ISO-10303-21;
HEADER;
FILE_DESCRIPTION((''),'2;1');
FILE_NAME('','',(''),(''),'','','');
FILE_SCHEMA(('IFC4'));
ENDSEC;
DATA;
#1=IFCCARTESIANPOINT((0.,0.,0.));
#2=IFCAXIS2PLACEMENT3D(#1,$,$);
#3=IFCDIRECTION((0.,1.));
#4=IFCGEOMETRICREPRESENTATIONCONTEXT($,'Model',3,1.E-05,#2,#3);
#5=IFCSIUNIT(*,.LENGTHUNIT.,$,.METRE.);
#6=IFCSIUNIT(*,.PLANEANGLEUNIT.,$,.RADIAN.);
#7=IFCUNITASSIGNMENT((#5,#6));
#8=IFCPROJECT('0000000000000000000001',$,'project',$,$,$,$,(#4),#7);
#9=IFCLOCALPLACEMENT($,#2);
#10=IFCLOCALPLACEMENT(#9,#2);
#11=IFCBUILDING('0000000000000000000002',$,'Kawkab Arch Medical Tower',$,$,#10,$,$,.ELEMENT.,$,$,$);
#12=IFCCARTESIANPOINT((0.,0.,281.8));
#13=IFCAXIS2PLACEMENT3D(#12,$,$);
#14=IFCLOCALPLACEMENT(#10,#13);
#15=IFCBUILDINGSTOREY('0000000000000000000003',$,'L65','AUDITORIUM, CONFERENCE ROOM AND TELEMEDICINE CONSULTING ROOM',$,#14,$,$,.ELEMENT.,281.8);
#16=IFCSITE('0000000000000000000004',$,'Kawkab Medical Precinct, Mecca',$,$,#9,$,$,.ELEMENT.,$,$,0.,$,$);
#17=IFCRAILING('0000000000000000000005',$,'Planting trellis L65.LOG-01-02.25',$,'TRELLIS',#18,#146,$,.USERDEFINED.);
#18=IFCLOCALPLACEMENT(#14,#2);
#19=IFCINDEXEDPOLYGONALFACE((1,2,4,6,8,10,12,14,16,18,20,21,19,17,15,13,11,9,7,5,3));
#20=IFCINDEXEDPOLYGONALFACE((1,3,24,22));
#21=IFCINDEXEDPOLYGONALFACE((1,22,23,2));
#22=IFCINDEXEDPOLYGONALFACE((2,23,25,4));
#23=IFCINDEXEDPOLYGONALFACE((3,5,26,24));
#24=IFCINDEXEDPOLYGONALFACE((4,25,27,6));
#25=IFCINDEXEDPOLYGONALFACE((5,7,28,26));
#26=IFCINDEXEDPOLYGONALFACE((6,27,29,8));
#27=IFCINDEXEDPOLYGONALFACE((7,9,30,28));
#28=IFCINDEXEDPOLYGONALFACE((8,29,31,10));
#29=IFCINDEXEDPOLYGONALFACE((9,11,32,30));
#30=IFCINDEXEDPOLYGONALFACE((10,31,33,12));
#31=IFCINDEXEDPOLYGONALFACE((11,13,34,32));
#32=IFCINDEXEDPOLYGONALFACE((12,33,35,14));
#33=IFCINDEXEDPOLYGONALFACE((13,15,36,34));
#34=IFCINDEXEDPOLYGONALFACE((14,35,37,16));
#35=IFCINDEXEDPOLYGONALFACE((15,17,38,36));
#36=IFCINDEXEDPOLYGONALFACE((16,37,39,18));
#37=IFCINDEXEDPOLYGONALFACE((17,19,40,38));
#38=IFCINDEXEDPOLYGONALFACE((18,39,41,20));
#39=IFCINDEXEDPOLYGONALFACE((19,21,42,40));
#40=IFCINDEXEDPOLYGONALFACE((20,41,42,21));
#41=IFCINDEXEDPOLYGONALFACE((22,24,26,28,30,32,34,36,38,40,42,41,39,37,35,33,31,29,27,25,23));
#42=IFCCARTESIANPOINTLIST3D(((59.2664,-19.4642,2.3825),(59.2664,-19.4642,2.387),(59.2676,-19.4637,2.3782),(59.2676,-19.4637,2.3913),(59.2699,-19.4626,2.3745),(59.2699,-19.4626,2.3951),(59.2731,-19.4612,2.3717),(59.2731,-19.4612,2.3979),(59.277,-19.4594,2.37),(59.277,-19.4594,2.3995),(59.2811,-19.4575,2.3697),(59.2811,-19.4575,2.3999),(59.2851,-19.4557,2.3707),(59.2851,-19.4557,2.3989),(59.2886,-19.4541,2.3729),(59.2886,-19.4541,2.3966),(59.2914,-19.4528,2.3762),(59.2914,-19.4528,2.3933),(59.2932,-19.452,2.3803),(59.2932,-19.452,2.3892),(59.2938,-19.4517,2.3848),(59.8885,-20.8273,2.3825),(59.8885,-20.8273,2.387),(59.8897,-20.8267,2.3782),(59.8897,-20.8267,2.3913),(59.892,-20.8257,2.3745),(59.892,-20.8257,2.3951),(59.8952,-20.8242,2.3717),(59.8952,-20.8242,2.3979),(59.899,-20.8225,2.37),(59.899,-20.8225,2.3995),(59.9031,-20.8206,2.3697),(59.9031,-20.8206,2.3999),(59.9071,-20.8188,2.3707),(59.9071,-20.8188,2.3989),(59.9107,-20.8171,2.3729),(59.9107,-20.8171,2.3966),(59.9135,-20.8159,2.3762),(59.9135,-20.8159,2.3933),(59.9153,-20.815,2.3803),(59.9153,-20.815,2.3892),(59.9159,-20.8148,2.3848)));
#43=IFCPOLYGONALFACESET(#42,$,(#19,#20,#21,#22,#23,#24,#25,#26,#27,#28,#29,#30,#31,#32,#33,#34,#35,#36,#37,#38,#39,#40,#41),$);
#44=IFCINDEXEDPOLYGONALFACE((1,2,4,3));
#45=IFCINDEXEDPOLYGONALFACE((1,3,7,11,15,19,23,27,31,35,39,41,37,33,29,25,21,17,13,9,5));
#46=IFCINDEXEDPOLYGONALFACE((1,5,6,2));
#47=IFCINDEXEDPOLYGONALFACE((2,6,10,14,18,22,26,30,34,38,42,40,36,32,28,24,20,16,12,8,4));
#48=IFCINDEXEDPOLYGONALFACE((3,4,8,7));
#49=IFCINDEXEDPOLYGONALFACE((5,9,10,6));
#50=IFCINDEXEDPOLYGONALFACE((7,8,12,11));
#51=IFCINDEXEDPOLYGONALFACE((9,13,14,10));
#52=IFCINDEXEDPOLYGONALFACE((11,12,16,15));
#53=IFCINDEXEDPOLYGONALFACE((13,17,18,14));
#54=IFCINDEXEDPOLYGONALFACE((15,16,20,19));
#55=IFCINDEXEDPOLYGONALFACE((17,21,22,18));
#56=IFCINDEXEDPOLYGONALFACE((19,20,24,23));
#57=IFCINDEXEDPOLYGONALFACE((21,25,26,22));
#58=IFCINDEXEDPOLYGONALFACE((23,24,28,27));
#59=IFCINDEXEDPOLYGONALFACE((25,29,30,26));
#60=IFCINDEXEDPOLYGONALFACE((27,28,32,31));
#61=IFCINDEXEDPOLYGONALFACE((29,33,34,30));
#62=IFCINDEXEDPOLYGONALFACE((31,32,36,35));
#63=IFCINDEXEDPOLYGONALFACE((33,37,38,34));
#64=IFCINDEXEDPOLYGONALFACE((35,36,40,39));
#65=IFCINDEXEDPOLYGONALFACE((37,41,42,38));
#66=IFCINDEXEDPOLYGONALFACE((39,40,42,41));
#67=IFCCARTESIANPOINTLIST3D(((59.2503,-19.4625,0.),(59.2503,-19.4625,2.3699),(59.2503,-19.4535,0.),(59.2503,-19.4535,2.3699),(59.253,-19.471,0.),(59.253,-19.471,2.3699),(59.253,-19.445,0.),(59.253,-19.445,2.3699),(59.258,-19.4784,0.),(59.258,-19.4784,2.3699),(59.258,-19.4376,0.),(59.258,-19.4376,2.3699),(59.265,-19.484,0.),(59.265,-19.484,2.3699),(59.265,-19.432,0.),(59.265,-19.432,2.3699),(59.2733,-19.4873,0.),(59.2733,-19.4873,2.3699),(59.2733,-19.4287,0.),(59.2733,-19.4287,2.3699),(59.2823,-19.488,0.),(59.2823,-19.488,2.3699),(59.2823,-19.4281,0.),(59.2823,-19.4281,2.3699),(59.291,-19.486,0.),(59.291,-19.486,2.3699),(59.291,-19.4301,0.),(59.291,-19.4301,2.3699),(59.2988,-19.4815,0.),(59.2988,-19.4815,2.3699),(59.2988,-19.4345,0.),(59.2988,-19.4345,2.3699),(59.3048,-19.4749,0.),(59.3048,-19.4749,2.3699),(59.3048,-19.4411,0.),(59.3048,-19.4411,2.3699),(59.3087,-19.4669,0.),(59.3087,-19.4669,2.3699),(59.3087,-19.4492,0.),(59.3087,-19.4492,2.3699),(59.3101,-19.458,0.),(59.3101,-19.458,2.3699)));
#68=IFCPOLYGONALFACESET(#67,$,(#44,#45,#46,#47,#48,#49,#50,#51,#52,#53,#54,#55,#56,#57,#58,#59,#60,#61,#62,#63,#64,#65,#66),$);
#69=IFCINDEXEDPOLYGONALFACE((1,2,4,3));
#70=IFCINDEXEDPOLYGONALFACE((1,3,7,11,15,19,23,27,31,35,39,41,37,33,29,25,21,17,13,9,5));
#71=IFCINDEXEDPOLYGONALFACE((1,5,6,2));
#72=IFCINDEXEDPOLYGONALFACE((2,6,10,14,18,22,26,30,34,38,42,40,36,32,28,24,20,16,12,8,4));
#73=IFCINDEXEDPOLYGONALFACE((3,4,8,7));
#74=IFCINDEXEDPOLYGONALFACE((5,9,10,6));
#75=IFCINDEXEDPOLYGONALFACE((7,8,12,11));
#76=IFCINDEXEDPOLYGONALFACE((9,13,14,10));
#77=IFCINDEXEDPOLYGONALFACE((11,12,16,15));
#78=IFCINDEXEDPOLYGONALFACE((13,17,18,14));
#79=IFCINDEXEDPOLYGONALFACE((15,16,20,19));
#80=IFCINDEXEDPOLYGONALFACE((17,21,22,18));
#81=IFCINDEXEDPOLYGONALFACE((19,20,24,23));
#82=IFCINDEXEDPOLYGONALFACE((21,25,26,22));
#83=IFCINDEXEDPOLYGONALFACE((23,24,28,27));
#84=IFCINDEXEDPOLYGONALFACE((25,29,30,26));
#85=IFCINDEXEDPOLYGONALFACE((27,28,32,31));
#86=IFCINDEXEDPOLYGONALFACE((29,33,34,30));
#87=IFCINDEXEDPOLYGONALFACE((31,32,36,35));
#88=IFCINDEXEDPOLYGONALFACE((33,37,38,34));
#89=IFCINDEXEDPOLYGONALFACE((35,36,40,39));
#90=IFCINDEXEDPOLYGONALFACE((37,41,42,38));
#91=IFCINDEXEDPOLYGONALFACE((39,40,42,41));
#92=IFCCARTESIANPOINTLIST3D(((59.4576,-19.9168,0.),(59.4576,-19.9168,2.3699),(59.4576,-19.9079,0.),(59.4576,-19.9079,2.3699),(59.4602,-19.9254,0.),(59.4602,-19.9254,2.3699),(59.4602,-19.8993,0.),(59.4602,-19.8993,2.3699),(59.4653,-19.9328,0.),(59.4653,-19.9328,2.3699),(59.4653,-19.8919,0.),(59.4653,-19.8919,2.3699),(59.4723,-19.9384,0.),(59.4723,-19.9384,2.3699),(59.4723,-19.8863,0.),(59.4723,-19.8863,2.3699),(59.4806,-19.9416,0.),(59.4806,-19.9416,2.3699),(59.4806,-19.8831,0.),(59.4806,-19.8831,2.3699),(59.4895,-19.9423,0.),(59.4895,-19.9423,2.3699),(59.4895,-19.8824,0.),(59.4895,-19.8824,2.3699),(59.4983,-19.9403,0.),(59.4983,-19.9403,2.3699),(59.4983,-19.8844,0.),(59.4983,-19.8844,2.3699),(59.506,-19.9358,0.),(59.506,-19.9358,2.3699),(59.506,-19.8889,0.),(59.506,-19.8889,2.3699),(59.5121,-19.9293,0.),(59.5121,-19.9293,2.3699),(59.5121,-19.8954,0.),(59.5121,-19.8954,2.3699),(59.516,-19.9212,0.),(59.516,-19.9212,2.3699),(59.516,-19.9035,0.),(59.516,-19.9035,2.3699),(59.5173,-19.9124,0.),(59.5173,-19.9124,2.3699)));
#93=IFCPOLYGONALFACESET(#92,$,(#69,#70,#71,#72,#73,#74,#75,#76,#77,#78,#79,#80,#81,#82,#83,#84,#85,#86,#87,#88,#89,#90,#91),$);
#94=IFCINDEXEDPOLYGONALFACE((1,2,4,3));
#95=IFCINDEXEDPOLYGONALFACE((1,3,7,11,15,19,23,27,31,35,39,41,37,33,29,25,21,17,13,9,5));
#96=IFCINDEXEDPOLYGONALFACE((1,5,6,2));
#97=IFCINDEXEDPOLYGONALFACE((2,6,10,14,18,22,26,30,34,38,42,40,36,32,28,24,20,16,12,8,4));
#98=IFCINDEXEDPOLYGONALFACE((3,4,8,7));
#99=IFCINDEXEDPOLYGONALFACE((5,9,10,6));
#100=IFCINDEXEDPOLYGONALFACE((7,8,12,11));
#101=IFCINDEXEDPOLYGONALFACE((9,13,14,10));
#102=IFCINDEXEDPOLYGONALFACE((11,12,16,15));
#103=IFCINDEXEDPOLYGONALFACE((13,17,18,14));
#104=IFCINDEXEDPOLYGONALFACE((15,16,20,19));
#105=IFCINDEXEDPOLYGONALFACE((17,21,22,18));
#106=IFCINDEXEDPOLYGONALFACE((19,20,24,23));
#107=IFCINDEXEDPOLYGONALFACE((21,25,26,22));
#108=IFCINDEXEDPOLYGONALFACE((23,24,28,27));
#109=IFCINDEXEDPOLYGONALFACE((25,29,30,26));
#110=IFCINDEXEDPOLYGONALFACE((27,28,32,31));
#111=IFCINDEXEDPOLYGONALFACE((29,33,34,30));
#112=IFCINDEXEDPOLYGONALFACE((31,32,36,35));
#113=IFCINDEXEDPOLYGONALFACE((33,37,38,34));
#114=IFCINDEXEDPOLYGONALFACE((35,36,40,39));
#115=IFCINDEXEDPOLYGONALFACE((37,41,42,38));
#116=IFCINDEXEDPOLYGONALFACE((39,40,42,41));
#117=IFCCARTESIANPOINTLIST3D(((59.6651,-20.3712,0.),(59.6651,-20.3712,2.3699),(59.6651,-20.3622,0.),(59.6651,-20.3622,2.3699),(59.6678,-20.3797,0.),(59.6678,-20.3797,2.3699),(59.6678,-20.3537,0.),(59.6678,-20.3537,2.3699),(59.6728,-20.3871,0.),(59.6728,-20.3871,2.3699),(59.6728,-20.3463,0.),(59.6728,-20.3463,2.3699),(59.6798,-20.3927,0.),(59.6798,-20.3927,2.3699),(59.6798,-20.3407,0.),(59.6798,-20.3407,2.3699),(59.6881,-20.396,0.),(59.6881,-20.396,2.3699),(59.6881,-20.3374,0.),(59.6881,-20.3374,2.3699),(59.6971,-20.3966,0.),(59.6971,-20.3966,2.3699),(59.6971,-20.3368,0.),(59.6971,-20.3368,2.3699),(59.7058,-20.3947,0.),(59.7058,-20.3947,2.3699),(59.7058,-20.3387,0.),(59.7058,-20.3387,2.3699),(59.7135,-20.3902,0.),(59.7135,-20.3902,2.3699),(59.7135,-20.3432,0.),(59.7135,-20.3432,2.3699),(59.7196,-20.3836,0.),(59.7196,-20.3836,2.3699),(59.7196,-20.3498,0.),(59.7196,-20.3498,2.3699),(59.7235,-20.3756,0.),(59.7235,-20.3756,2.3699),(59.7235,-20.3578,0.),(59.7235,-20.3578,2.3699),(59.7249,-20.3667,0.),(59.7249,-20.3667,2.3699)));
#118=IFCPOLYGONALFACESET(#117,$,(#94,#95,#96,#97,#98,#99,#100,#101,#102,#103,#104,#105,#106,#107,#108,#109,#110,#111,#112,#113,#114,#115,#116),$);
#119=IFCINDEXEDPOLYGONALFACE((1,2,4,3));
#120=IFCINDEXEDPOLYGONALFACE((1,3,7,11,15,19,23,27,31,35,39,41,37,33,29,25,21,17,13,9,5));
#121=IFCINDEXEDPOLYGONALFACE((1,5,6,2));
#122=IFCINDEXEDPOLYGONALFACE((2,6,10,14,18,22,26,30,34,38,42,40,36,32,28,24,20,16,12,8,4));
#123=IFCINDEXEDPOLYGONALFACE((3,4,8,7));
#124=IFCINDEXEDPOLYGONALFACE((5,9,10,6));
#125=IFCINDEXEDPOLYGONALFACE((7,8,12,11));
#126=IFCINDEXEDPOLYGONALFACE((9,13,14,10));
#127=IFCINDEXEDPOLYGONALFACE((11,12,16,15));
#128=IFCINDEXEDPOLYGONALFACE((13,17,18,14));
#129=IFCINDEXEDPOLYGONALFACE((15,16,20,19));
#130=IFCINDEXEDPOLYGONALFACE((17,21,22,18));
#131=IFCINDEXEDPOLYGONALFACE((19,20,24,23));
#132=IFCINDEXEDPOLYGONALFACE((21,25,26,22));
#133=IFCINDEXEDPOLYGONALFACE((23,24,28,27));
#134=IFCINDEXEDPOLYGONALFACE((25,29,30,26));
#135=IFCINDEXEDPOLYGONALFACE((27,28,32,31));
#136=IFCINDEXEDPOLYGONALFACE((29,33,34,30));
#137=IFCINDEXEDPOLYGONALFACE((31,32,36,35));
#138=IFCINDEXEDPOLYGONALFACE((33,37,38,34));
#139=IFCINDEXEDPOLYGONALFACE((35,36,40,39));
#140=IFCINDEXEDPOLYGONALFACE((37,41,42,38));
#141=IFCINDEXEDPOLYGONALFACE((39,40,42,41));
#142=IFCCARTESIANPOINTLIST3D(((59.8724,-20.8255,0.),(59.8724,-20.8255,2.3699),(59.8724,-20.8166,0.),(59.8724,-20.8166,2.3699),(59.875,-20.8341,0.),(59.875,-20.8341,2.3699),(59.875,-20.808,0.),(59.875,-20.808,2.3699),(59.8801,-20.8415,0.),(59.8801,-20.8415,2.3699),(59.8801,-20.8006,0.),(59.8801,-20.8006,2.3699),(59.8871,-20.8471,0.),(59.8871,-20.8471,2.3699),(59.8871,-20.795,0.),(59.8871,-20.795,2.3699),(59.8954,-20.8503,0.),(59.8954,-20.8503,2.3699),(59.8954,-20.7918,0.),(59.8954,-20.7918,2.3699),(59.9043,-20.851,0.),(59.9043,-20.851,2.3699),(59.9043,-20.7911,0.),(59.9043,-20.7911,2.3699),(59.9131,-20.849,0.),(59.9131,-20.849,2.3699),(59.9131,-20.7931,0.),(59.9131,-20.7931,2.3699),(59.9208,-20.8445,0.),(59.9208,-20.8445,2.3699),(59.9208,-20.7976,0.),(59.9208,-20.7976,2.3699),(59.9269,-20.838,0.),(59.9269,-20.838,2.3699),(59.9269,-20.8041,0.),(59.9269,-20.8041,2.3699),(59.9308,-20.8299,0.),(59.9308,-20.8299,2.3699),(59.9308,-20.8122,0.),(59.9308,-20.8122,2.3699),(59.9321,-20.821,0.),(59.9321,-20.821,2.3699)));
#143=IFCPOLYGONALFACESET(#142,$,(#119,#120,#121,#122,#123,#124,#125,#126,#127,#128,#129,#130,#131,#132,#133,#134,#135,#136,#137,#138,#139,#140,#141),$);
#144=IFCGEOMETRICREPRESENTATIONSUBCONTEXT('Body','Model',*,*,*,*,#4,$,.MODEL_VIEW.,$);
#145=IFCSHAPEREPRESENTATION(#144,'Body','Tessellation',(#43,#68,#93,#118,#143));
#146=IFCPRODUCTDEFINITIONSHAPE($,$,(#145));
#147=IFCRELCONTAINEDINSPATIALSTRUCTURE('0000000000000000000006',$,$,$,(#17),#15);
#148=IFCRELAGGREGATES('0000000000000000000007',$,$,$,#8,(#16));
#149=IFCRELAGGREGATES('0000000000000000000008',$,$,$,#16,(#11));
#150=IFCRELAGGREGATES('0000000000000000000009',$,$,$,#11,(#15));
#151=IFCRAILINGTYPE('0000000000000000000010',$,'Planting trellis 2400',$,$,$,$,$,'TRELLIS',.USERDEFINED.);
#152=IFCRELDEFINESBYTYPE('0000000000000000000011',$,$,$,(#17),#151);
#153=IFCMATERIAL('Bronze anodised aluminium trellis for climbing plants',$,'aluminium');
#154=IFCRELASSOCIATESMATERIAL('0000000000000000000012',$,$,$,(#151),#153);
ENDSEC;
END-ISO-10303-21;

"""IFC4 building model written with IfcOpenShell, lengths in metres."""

from ifc_helpers import new_model, si_unit, direction, frame, origin, origin_2d, place, context, subcontext, project, spatial, circle, extrude, material, type_object, element, save


model = new_model("IFC4")

# Units and contexts
model_context = context("Model", 3, precision=1e-05, world=origin(), true_north=direction((0.0, 1.0)))
body_context = subcontext(model_context, "Body", "Model", "MODEL_VIEW")
ifc_project = project(units=[si_unit("LENGTHUNIT", "METRE"), si_unit("PLANEANGLEUNIT", "RADIAN")], contexts=[model_context])

# Site, building, storey
site_placement = place(None, origin())
site = spatial("IfcSite", under=ifc_project, at=site_placement, Name="Kawkab Medical Precinct, Mecca", CompositionType="ELEMENT", RefElevation=0.0)
building_placement = place(site_placement, origin())
building = spatial("IfcBuilding", under=site, at=building_placement, Name="Kawkab Arch Medical Tower", CompositionType="ELEMENT")
storey_placement = place(building_placement, frame((0.0, 0.0, 281.8)))
storey = spatial("IfcBuildingStorey", under=building, at=storey_placement, Name="L65", Description="AUDITORIUM, CONFERENCE ROOM AND TELEMEDICINE CONSULTING ROOM", CompositionType="ELEMENT", Elevation=281.8)

# Railing
ifc_material_1 = material(Name="Bronze anodised aluminium trellis for climbing plants", Category="aluminium")
railing_type_1 = type_object("IfcRailingType", Name="Planting trellis 2400", ElementType="TRELLIS", PredefinedType="USERDEFINED", material=ifc_material_1)
railing_1_placement = place(storey_placement, frame((59.28, -19.458, 0.0)))
element("IfcRailing", 1, at=railing_1_placement, inside=storey, type_object=railing_type_1, Name="Planting trellis L65.LOG-01-02.25", ObjectType="TRELLIS", PredefinedType="USERDEFINED", context=body_context, shape_type="SweptSolid", body=[
    extrude(circle(Radius=0.0151, at=origin_2d()), frame((0.0, 0.0, 2.3848), z_axis=(0.41519, -0.909735, 0.0), x_axis=(0.909735, 0.41519, 0.0)), (0.0, 0.0, 1.0), 1.4983),
    extrude(circle(Radius=0.03, at=origin_2d()), origin(), (0.0, 0.0, 1.0), 2.3699),
    extrude(circle(Radius=0.03, at=origin_2d()), frame((0.2073, -0.4543, 0.0)), (0.0, 0.0, 1.0), 2.3699),
    extrude(circle(Radius=0.03, at=origin_2d()), frame((0.4148, -0.9087, 0.0)), (0.0, 0.0, 1.0), 2.3699),
    extrude(circle(Radius=0.03, at=origin_2d()), frame((0.6221, -1.363, 0.0)), (0.0, 0.0, 1.0), 2.3699),
])

save(model, "model.ifc")
